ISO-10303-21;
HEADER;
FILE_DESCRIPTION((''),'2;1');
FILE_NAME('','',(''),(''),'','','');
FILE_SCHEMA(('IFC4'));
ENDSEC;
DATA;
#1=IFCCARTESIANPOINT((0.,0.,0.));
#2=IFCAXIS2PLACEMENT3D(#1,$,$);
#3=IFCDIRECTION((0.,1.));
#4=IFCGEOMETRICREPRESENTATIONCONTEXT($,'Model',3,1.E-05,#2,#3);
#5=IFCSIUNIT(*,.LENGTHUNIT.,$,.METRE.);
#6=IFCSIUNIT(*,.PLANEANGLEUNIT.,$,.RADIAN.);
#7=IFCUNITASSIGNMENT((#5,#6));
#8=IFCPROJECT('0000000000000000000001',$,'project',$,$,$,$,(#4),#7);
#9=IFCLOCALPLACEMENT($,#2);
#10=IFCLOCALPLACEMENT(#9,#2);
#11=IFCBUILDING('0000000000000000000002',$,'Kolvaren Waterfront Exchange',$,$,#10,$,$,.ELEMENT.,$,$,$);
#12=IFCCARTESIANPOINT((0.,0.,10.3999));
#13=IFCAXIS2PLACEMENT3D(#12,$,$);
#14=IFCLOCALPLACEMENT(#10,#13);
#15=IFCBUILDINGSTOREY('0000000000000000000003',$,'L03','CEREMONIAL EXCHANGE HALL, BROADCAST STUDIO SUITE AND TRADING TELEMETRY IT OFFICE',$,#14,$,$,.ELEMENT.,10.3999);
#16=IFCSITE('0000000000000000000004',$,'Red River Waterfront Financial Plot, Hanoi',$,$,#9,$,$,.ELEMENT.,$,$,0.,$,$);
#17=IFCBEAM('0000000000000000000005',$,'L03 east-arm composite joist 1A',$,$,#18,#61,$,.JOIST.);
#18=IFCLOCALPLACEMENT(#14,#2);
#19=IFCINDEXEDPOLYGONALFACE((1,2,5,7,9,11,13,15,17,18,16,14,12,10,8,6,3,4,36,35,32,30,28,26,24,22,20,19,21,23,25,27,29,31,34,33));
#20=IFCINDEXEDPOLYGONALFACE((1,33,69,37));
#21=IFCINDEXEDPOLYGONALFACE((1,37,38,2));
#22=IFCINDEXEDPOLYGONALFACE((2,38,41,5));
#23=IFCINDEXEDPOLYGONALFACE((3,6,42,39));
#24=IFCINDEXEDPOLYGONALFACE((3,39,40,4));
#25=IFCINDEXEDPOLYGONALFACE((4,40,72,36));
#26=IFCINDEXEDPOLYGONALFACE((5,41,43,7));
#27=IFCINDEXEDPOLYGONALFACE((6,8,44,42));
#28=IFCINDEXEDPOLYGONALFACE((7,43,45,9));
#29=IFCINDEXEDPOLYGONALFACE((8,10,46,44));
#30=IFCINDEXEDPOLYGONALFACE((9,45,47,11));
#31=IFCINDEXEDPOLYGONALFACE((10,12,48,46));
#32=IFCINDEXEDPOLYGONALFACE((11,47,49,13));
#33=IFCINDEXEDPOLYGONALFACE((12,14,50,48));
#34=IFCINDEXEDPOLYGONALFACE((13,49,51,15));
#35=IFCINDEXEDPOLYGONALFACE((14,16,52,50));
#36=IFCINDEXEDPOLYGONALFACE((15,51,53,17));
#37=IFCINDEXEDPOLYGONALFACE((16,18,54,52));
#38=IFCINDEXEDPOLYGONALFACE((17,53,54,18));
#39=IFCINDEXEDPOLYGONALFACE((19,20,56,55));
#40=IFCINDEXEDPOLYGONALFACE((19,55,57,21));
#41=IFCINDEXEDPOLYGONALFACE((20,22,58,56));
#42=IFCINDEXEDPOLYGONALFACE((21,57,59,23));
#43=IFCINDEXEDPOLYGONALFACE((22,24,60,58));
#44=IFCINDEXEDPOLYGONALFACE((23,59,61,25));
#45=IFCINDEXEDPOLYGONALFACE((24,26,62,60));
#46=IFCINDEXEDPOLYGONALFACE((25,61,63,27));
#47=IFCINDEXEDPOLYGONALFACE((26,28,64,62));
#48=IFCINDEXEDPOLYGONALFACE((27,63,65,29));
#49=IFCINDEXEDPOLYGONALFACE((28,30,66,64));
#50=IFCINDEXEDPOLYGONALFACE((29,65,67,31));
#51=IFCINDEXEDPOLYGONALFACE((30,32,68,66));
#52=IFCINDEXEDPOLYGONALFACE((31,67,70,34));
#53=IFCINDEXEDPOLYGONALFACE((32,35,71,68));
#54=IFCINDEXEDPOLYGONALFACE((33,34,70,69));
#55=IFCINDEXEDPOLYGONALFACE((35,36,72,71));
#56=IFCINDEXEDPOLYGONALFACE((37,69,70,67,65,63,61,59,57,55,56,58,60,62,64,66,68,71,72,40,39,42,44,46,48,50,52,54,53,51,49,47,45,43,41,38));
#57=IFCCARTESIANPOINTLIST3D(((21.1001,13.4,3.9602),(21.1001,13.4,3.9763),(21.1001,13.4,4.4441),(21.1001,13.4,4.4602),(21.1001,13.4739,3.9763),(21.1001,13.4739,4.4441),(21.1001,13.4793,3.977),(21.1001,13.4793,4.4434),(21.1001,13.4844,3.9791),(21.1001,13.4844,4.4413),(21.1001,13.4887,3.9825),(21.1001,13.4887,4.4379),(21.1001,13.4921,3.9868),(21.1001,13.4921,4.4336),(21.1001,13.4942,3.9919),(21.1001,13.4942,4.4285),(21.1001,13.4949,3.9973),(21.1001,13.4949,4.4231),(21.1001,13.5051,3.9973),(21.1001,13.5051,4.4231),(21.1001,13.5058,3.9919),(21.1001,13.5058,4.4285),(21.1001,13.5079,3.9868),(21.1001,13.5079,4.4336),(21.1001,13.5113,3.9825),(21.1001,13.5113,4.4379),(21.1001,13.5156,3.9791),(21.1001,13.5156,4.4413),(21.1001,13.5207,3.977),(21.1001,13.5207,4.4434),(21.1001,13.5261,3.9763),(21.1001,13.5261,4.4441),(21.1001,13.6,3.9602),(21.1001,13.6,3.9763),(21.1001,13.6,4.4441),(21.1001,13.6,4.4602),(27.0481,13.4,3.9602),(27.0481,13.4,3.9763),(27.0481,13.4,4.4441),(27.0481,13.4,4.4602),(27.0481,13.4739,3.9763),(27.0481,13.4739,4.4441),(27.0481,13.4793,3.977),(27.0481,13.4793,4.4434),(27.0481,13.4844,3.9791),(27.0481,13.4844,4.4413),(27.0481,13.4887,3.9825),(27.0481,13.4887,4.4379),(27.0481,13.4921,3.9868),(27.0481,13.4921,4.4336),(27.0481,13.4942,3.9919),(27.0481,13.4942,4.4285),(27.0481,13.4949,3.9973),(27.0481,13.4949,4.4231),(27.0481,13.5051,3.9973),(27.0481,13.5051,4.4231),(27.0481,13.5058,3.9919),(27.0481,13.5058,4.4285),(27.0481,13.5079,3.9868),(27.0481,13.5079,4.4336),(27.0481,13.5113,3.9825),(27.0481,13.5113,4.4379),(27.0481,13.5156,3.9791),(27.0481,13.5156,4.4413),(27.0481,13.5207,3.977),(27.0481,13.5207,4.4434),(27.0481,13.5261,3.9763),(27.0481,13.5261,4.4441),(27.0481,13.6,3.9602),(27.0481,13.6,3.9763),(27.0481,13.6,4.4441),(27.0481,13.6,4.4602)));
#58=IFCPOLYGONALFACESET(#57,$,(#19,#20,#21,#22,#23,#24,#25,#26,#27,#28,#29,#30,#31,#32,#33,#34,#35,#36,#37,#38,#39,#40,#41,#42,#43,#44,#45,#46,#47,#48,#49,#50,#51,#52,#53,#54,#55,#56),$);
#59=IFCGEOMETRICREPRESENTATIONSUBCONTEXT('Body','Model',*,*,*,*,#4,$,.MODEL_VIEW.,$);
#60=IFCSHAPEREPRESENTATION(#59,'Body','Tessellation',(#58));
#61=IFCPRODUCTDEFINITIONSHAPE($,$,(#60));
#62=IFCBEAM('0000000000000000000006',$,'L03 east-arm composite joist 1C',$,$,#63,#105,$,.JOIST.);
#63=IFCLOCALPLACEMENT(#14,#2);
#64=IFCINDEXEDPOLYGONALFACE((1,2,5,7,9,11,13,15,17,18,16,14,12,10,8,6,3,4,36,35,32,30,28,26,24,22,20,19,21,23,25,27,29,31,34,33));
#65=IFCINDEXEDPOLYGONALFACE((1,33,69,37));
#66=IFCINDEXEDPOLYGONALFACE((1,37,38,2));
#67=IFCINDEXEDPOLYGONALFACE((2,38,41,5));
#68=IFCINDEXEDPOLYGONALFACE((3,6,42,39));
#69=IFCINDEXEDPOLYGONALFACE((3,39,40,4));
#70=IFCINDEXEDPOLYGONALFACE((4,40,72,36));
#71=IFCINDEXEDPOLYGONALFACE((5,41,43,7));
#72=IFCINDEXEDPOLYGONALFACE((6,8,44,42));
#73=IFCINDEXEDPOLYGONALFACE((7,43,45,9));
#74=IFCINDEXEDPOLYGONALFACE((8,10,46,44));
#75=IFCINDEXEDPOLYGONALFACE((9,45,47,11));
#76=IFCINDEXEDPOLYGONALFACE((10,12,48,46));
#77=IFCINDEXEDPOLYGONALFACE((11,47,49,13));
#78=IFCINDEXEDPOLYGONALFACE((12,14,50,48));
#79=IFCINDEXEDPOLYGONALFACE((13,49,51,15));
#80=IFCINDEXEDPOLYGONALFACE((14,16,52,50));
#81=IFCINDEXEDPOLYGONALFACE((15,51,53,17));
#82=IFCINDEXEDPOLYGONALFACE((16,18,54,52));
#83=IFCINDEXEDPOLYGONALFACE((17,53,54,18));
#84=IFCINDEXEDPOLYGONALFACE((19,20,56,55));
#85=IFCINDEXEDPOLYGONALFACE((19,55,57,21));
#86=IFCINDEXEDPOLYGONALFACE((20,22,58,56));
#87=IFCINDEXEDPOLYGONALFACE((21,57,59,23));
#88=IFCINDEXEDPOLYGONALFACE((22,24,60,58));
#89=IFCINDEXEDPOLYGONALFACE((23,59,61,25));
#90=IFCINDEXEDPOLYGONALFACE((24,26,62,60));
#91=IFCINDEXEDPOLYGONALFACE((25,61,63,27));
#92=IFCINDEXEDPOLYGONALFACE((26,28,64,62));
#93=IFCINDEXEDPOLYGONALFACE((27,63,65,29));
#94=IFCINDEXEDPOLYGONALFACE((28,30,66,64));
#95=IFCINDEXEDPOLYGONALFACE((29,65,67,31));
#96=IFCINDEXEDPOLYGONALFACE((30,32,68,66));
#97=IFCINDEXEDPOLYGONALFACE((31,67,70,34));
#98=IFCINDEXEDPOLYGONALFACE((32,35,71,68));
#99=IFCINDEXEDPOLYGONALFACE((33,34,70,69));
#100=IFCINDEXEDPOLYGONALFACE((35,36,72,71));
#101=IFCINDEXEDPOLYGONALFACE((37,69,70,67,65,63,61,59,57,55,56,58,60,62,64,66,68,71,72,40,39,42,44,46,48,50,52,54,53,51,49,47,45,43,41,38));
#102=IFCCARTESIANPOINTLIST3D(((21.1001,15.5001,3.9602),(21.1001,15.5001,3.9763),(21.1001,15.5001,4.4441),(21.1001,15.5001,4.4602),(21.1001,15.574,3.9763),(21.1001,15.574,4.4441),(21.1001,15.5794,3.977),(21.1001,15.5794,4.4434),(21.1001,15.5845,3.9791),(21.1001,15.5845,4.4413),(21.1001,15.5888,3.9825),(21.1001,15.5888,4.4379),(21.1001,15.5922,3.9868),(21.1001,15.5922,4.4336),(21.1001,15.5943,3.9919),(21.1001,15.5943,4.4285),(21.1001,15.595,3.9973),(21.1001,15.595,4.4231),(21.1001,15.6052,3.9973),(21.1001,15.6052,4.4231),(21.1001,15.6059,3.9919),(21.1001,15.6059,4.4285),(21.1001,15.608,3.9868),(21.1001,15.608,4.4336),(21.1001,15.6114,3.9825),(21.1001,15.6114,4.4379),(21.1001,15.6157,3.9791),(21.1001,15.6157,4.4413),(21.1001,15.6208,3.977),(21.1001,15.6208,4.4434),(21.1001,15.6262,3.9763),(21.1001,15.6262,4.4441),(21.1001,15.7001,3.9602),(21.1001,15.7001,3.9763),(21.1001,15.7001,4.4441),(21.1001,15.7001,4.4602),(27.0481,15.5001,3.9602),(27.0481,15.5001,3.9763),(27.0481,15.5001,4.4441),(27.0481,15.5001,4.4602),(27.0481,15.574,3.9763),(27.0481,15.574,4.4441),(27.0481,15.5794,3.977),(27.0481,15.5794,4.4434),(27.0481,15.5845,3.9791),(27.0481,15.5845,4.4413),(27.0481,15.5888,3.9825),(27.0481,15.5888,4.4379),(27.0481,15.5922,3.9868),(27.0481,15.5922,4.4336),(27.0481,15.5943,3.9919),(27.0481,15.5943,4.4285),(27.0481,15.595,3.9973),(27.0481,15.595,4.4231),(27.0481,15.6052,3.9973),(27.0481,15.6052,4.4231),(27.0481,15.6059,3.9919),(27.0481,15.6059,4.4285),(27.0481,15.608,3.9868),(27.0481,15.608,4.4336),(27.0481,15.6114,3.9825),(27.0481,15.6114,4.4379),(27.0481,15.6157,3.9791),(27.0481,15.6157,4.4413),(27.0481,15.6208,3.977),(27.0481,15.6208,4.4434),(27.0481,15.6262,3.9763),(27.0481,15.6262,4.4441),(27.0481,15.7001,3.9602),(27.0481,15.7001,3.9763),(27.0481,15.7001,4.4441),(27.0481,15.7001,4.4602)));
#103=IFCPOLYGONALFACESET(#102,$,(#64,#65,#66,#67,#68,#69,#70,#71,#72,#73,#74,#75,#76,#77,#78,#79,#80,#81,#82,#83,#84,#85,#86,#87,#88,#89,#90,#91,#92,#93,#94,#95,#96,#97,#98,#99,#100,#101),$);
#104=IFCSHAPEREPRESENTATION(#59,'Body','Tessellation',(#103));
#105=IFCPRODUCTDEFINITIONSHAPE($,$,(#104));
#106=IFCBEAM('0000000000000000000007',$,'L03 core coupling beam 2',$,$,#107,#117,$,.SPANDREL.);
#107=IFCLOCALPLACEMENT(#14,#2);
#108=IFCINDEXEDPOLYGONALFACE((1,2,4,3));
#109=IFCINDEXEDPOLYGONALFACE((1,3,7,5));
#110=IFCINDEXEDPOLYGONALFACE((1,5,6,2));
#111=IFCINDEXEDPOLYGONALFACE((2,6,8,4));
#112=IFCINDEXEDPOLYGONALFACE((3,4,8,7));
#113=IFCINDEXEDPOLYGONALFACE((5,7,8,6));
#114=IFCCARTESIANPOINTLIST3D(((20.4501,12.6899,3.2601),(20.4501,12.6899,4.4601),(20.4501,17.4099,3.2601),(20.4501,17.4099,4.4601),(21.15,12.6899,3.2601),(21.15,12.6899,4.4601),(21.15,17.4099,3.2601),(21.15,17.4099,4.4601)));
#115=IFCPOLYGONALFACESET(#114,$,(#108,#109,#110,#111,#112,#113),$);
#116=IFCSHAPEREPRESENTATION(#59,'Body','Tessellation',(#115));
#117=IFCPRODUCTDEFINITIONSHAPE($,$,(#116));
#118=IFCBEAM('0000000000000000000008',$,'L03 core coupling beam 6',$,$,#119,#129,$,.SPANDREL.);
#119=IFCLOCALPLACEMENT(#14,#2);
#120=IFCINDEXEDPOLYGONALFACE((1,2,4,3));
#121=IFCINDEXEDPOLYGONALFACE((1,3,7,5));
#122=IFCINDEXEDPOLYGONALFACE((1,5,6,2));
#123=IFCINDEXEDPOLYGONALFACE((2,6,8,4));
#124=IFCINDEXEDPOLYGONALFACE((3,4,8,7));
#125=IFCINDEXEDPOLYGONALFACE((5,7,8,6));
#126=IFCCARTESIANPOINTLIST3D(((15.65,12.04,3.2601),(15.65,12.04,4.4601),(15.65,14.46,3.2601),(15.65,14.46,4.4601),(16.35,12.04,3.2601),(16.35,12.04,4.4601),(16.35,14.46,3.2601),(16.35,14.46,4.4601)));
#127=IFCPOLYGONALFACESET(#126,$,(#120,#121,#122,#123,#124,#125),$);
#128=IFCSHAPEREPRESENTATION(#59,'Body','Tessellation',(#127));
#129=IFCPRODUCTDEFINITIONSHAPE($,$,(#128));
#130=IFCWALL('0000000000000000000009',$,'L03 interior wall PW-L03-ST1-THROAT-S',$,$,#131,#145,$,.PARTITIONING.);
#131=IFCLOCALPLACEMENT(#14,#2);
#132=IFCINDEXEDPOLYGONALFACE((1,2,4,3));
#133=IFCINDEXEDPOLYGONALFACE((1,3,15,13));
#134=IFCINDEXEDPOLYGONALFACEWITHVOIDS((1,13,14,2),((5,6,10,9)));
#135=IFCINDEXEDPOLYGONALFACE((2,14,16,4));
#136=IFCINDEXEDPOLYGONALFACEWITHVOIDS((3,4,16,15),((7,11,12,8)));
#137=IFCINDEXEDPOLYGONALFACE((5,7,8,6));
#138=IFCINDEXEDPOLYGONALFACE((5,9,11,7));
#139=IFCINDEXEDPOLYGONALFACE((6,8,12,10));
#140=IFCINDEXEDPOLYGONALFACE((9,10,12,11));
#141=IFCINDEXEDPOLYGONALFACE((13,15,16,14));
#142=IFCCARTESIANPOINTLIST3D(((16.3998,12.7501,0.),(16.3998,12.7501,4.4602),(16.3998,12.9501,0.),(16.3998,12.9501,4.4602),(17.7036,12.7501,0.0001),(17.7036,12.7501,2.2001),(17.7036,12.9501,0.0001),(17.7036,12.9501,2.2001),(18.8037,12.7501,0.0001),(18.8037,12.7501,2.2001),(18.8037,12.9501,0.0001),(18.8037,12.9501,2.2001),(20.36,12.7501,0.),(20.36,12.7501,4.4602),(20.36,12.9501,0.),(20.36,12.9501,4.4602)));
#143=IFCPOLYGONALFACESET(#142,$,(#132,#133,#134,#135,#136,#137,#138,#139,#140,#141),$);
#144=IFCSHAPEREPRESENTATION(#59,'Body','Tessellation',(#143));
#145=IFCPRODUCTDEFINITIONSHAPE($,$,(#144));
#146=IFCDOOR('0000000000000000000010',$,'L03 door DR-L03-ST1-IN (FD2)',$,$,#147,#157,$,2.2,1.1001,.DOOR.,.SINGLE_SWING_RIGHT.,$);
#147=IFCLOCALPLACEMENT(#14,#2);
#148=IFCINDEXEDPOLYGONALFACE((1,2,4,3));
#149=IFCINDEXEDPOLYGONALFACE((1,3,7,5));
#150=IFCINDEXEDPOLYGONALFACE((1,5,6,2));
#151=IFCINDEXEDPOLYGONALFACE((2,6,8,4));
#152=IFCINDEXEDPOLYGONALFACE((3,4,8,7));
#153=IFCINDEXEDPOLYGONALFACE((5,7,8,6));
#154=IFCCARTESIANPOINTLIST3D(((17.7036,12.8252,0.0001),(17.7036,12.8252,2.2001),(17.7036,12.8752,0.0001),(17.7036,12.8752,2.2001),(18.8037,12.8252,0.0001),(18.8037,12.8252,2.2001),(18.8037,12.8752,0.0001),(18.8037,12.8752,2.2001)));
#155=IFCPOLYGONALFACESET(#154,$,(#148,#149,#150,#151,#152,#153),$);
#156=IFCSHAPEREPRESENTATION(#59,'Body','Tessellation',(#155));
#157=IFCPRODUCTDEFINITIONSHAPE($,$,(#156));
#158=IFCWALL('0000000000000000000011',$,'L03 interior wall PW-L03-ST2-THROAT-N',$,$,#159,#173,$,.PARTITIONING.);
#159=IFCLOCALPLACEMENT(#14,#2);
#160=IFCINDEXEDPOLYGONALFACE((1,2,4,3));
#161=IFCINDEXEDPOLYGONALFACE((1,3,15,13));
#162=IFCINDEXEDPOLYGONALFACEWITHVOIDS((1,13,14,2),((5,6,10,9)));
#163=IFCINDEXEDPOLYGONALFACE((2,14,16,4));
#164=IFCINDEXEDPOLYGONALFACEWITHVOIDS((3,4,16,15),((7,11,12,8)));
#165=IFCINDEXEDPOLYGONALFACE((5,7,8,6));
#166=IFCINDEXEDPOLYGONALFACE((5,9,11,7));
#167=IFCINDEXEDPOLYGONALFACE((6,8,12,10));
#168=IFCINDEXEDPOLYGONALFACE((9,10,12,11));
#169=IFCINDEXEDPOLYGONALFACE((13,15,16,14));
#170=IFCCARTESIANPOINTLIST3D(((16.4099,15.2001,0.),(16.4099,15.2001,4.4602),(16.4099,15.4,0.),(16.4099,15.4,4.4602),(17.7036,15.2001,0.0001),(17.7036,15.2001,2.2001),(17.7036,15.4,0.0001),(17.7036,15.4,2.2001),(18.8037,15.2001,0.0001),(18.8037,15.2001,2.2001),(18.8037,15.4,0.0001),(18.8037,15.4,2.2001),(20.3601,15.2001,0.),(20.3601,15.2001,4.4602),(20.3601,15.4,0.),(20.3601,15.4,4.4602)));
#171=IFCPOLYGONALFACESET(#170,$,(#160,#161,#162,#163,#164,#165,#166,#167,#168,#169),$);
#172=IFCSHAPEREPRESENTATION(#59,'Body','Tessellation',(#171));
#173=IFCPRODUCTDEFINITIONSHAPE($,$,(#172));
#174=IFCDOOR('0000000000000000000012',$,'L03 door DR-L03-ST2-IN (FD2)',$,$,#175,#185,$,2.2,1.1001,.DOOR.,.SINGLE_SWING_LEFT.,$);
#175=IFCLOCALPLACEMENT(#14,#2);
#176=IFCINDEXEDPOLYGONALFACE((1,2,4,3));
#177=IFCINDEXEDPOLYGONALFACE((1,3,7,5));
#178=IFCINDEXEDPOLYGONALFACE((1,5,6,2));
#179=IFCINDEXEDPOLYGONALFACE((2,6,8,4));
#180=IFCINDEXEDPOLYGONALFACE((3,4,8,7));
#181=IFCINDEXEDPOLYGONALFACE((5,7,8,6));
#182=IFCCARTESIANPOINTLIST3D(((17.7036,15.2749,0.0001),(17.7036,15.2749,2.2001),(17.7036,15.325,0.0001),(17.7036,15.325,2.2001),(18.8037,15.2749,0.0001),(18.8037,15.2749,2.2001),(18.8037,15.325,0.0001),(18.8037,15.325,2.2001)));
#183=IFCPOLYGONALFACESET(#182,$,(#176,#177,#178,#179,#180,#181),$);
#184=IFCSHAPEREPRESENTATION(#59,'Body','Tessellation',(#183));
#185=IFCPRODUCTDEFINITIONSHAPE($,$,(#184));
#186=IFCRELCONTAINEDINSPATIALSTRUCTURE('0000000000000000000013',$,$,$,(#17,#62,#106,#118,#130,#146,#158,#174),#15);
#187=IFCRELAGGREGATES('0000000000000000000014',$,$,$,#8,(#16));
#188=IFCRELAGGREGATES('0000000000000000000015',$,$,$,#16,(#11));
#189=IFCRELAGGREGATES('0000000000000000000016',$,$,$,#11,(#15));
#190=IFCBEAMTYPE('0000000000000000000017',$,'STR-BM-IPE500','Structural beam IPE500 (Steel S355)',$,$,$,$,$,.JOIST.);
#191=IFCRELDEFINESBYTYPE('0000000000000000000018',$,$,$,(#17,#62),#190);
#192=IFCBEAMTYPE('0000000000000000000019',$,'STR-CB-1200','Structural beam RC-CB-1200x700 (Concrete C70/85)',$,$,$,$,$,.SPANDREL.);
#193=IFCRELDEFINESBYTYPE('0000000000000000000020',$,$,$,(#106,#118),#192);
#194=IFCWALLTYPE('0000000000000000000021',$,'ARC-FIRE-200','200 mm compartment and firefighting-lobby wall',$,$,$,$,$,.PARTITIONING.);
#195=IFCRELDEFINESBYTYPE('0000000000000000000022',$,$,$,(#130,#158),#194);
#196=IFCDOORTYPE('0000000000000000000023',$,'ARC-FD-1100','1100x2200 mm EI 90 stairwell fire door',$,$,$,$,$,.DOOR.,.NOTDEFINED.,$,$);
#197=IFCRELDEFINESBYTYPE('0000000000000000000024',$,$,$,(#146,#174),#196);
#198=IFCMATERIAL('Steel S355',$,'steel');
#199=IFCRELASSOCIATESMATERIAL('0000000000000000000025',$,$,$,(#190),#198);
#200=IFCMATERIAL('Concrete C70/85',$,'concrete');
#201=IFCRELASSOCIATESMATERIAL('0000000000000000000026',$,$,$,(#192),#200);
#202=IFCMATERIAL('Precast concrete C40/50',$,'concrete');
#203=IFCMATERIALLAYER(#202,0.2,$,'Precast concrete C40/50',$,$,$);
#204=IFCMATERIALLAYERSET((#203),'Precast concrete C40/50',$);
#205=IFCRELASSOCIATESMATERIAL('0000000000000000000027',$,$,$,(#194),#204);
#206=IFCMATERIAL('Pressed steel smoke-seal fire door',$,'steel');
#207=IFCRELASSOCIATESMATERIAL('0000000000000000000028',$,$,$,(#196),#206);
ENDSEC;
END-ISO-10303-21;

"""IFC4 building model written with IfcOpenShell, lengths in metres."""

from ifc_helpers import new_model, si_unit, direction, frame, frame_2d, origin, origin_2d, place, context, subcontext, project, spatial, rectangle, i_section, extrude, material, layer, layer_set, material_profile, profile_set, type_object, element, fill, save


model = new_model("IFC4")

# Units and contexts
model_context = context("Model", 3, precision=1e-05, world=origin(), true_north=direction((0.0, 1.0)))
body_context = subcontext(model_context, "Body", "Model", "MODEL_VIEW")
ifc_project = project(units=[si_unit("LENGTHUNIT", "METRE"), si_unit("PLANEANGLEUNIT", "RADIAN")], contexts=[model_context])

# Site, building, storey
site_placement = place(None, origin())
site = spatial("IfcSite", under=ifc_project, at=site_placement, Name="Red River Waterfront Financial Plot, Hanoi", CompositionType="ELEMENT", RefElevation=0.0)
building_placement = place(site_placement, origin())
building = spatial("IfcBuilding", under=site, at=building_placement, Name="Kolvaren Waterfront Exchange", CompositionType="ELEMENT")
storey_placement = place(building_placement, frame((0.0, 0.0, 10.3999)))
storey = spatial("IfcBuildingStorey", under=building, at=storey_placement, Name="L03", Description="CEREMONIAL EXCHANGE HALL, BROADCAST STUDIO SUITE AND TRADING TELEMETRY IT OFFICE", CompositionType="ELEMENT", Elevation=10.3999)

# Beams
ifc_material_1 = material(Name="Steel S355", Category="steel")
ifc_material_profile_1 = material_profile(ifc_material_1, i_section(OverallWidth=0.2, OverallDepth=0.5, WebThickness=0.0103, FlangeThickness=0.0161, FilletRadius=0.021, at=origin_2d()), Name="IPE500")
ifc_profile_set_1 = profile_set([ifc_material_profile_1], Name="Steel S355")
beam_type_1 = type_object("IfcBeamType", Name="STR-BM-IPE500", Description="Structural beam IPE500 (Steel S355)", PredefinedType="JOIST", material=ifc_profile_set_1)
for number, where, z_axis, x_axis, name in (
    (1, (21.1001, 13.5, 4.2102), (1.0, 0.0, 0.0), (0.0, 1.0, 0.0), "L03 east-arm composite joist 1A"),
    (2, (21.1001, 15.6001, 4.2102), (1.0, 0.0, 0.0), (0.0, 1.0, 0.0), "L03 east-arm composite joist 1C"),
):
    element("IfcBeam", number, at=place(storey_placement, frame(where, z_axis=z_axis, x_axis=x_axis)), inside=storey, type_object=beam_type_1, Name=name, PredefinedType="JOIST", context=body_context, shape_type="SweptSolid", body=[
        extrude(i_section(OverallWidth=0.2, OverallDepth=0.5, WebThickness=0.0103, FlangeThickness=0.0161, FilletRadius=0.021, at=origin_2d()), origin(), (0.0, 0.0, 1.0), 5.948),
    ])
ifc_material_2 = material(Name="Concrete C70/85", Category="concrete")
ifc_material_profile_2 = material_profile(ifc_material_2, rectangle(XDim=0.7, YDim=1.2, at=origin_2d()), Name="RC-CB-1200x700")
ifc_profile_set_2 = profile_set([ifc_material_profile_2], Name="Concrete C70/85")
beam_type_2 = type_object("IfcBeamType", Name="STR-CB-1200", Description="Structural beam RC-CB-1200x700 (Concrete C70/85)", PredefinedType="SPANDREL", material=ifc_profile_set_2)
beam_1_placement = place(storey_placement, frame((20.8, 12.6899, 3.8601), z_axis=(0.0, 1.0, 0.0), x_axis=(-1.0, 0.0, 0.0)))
element("IfcBeam", 3, at=beam_1_placement, inside=storey, type_object=beam_type_2, Name="L03 core coupling beam 2", PredefinedType="SPANDREL", context=body_context, shape_type="SweptSolid", body=[
    extrude(rectangle(XDim=0.7, YDim=1.2, at=origin_2d()), origin(), (0.0, 0.0, 1.0), 4.72),
])
beam_2_placement = place(storey_placement, frame((16.0, 12.04, 3.8601), z_axis=(0.0, 1.0, 0.0), x_axis=(-1.0, 0.0, 0.0)))
element("IfcBeam", 4, at=beam_2_placement, inside=storey, type_object=beam_type_2, Name="L03 core coupling beam 6", PredefinedType="SPANDREL", context=body_context, shape_type="SweptSolid", body=[
    extrude(rectangle(XDim=0.7, YDim=1.2, at=origin_2d()), origin(), (0.0, 0.0, 1.0), 2.4199),
])

# Walls, openings, doors
ifc_material_3 = material(Name="Precast concrete C40/50", Category="concrete")
ifc_layer_1 = layer(ifc_material_3, 0.2, Name="Precast concrete C40/50")
ifc_layer_set_1 = layer_set([ifc_layer_1], Name="Precast concrete C40/50")
wall_type_1 = type_object("IfcWallType", Name="ARC-FIRE-200", Description="200 mm compartment and firefighting-lobby wall", PredefinedType="PARTITIONING", material=ifc_layer_set_1)
wall_1_placement = place(storey_placement, frame((16.3999, 12.8501, 0.0), z_axis=(0.0, 0.0, 1.0), x_axis=(1.0, 0.0, 0.0)))
wall_1 = element("IfcWall", 5, at=wall_1_placement, inside=storey, type_object=wall_type_1, Name="L03 interior wall PW-L03-ST1-THROAT-S", PredefinedType="PARTITIONING", context=body_context, shape_type="SweptSolid", body=[
    extrude(rectangle(XDim=3.9602, YDim=0.2, at=frame_2d((1.98, 0.0))), origin(), (0.0, 0.0, 1.0), 4.4602),
])
opening_1_placement = place(wall_1_placement, frame((1.3037, 0.0, 0.0)))
opening_1 = element("IfcOpeningElement", 6, at=opening_1_placement, cuts=wall_1, PredefinedType="OPENING", context=body_context, shape_type="SweptSolid", body=[
    extrude(rectangle(XDim=1.1001, YDim=2.2, at=frame_2d((0.55, 1.1001))), frame((0.0, 0.1099, 0.0), z_axis=(0.0, -1.0, 0.0), x_axis=(1.0, 0.0, 0.0)), (0.0, 0.0, 1.0), 0.22),
])
ifc_material_4 = material(Name="Pressed steel smoke-seal fire door", Category="steel")
door_type_1 = type_object("IfcDoorType", Name="ARC-FD-1100", Description="1100x2200 mm EI 90 stairwell fire door", OperationType="NOTDEFINED", PredefinedType="DOOR", material=ifc_material_4)
door_1_placement = place(opening_1_placement, frame((1.1001, 0.0, 0.0), z_axis=(0.0, 0.0, 1.0), x_axis=(-1.0, 0.0, 0.0)))
door_1 = element("IfcDoor", 7, at=door_1_placement, inside=storey, type_object=door_type_1, Name="L03 door DR-L03-ST1-IN (FD2)", OperationType="SINGLE_SWING_RIGHT", OverallHeight=2.2, OverallWidth=1.1001, PredefinedType="DOOR", context=body_context, shape_type="SweptSolid", body=[
    extrude(rectangle(XDim=1.1001, YDim=2.2, at=frame_2d((0.55, 1.1001))), frame((0.0, 0.0249, 0.0), z_axis=(0.0, -1.0, 0.0), x_axis=(1.0, 0.0, 0.0)), (0.0, 0.0, 1.0), 0.05),
])
fill(opening_1, door_1)
wall_2_placement = place(storey_placement, frame((16.4099, 15.3, 0.0), z_axis=(0.0, 0.0, 1.0), x_axis=(1.0, 0.0, 0.0)))
wall_2 = element("IfcWall", 8, at=wall_2_placement, inside=storey, type_object=wall_type_1, Name="L03 interior wall PW-L03-ST2-THROAT-N", PredefinedType="PARTITIONING", context=body_context, shape_type="SweptSolid", body=[
    extrude(rectangle(XDim=3.9502, YDim=0.2, at=frame_2d((1.9751, 0.0))), origin(), (0.0, 0.0, 1.0), 4.4602),
])
opening_2_placement = place(wall_2_placement, frame((1.2937, 0.0, 0.0)))
opening_2 = element("IfcOpeningElement", 9, at=opening_2_placement, cuts=wall_2, PredefinedType="OPENING", context=body_context, shape_type="SweptSolid", body=[
    extrude(rectangle(XDim=1.1001, YDim=2.2, at=frame_2d((0.55, 1.1001))), frame((0.0, 0.1099, 0.0), z_axis=(0.0, -1.0, 0.0), x_axis=(1.0, 0.0, 0.0)), (0.0, 0.0, 1.0), 0.22),
])
door_2_placement = place(opening_2_placement, origin())
door_2 = element("IfcDoor", 10, at=door_2_placement, inside=storey, type_object=door_type_1, Name="L03 door DR-L03-ST2-IN (FD2)", OperationType="SINGLE_SWING_LEFT", OverallHeight=2.2, OverallWidth=1.1001, PredefinedType="DOOR", context=body_context, shape_type="SweptSolid", body=[
    extrude(rectangle(XDim=1.1001, YDim=2.2, at=frame_2d((0.55, 1.1001))), frame((0.0, 0.0249, 0.0), z_axis=(0.0, -1.0, 0.0), x_axis=(1.0, 0.0, 0.0)), (0.0, 0.0, 1.0), 0.05),
])
fill(opening_2, door_2)

save(model, "model.ifc")
